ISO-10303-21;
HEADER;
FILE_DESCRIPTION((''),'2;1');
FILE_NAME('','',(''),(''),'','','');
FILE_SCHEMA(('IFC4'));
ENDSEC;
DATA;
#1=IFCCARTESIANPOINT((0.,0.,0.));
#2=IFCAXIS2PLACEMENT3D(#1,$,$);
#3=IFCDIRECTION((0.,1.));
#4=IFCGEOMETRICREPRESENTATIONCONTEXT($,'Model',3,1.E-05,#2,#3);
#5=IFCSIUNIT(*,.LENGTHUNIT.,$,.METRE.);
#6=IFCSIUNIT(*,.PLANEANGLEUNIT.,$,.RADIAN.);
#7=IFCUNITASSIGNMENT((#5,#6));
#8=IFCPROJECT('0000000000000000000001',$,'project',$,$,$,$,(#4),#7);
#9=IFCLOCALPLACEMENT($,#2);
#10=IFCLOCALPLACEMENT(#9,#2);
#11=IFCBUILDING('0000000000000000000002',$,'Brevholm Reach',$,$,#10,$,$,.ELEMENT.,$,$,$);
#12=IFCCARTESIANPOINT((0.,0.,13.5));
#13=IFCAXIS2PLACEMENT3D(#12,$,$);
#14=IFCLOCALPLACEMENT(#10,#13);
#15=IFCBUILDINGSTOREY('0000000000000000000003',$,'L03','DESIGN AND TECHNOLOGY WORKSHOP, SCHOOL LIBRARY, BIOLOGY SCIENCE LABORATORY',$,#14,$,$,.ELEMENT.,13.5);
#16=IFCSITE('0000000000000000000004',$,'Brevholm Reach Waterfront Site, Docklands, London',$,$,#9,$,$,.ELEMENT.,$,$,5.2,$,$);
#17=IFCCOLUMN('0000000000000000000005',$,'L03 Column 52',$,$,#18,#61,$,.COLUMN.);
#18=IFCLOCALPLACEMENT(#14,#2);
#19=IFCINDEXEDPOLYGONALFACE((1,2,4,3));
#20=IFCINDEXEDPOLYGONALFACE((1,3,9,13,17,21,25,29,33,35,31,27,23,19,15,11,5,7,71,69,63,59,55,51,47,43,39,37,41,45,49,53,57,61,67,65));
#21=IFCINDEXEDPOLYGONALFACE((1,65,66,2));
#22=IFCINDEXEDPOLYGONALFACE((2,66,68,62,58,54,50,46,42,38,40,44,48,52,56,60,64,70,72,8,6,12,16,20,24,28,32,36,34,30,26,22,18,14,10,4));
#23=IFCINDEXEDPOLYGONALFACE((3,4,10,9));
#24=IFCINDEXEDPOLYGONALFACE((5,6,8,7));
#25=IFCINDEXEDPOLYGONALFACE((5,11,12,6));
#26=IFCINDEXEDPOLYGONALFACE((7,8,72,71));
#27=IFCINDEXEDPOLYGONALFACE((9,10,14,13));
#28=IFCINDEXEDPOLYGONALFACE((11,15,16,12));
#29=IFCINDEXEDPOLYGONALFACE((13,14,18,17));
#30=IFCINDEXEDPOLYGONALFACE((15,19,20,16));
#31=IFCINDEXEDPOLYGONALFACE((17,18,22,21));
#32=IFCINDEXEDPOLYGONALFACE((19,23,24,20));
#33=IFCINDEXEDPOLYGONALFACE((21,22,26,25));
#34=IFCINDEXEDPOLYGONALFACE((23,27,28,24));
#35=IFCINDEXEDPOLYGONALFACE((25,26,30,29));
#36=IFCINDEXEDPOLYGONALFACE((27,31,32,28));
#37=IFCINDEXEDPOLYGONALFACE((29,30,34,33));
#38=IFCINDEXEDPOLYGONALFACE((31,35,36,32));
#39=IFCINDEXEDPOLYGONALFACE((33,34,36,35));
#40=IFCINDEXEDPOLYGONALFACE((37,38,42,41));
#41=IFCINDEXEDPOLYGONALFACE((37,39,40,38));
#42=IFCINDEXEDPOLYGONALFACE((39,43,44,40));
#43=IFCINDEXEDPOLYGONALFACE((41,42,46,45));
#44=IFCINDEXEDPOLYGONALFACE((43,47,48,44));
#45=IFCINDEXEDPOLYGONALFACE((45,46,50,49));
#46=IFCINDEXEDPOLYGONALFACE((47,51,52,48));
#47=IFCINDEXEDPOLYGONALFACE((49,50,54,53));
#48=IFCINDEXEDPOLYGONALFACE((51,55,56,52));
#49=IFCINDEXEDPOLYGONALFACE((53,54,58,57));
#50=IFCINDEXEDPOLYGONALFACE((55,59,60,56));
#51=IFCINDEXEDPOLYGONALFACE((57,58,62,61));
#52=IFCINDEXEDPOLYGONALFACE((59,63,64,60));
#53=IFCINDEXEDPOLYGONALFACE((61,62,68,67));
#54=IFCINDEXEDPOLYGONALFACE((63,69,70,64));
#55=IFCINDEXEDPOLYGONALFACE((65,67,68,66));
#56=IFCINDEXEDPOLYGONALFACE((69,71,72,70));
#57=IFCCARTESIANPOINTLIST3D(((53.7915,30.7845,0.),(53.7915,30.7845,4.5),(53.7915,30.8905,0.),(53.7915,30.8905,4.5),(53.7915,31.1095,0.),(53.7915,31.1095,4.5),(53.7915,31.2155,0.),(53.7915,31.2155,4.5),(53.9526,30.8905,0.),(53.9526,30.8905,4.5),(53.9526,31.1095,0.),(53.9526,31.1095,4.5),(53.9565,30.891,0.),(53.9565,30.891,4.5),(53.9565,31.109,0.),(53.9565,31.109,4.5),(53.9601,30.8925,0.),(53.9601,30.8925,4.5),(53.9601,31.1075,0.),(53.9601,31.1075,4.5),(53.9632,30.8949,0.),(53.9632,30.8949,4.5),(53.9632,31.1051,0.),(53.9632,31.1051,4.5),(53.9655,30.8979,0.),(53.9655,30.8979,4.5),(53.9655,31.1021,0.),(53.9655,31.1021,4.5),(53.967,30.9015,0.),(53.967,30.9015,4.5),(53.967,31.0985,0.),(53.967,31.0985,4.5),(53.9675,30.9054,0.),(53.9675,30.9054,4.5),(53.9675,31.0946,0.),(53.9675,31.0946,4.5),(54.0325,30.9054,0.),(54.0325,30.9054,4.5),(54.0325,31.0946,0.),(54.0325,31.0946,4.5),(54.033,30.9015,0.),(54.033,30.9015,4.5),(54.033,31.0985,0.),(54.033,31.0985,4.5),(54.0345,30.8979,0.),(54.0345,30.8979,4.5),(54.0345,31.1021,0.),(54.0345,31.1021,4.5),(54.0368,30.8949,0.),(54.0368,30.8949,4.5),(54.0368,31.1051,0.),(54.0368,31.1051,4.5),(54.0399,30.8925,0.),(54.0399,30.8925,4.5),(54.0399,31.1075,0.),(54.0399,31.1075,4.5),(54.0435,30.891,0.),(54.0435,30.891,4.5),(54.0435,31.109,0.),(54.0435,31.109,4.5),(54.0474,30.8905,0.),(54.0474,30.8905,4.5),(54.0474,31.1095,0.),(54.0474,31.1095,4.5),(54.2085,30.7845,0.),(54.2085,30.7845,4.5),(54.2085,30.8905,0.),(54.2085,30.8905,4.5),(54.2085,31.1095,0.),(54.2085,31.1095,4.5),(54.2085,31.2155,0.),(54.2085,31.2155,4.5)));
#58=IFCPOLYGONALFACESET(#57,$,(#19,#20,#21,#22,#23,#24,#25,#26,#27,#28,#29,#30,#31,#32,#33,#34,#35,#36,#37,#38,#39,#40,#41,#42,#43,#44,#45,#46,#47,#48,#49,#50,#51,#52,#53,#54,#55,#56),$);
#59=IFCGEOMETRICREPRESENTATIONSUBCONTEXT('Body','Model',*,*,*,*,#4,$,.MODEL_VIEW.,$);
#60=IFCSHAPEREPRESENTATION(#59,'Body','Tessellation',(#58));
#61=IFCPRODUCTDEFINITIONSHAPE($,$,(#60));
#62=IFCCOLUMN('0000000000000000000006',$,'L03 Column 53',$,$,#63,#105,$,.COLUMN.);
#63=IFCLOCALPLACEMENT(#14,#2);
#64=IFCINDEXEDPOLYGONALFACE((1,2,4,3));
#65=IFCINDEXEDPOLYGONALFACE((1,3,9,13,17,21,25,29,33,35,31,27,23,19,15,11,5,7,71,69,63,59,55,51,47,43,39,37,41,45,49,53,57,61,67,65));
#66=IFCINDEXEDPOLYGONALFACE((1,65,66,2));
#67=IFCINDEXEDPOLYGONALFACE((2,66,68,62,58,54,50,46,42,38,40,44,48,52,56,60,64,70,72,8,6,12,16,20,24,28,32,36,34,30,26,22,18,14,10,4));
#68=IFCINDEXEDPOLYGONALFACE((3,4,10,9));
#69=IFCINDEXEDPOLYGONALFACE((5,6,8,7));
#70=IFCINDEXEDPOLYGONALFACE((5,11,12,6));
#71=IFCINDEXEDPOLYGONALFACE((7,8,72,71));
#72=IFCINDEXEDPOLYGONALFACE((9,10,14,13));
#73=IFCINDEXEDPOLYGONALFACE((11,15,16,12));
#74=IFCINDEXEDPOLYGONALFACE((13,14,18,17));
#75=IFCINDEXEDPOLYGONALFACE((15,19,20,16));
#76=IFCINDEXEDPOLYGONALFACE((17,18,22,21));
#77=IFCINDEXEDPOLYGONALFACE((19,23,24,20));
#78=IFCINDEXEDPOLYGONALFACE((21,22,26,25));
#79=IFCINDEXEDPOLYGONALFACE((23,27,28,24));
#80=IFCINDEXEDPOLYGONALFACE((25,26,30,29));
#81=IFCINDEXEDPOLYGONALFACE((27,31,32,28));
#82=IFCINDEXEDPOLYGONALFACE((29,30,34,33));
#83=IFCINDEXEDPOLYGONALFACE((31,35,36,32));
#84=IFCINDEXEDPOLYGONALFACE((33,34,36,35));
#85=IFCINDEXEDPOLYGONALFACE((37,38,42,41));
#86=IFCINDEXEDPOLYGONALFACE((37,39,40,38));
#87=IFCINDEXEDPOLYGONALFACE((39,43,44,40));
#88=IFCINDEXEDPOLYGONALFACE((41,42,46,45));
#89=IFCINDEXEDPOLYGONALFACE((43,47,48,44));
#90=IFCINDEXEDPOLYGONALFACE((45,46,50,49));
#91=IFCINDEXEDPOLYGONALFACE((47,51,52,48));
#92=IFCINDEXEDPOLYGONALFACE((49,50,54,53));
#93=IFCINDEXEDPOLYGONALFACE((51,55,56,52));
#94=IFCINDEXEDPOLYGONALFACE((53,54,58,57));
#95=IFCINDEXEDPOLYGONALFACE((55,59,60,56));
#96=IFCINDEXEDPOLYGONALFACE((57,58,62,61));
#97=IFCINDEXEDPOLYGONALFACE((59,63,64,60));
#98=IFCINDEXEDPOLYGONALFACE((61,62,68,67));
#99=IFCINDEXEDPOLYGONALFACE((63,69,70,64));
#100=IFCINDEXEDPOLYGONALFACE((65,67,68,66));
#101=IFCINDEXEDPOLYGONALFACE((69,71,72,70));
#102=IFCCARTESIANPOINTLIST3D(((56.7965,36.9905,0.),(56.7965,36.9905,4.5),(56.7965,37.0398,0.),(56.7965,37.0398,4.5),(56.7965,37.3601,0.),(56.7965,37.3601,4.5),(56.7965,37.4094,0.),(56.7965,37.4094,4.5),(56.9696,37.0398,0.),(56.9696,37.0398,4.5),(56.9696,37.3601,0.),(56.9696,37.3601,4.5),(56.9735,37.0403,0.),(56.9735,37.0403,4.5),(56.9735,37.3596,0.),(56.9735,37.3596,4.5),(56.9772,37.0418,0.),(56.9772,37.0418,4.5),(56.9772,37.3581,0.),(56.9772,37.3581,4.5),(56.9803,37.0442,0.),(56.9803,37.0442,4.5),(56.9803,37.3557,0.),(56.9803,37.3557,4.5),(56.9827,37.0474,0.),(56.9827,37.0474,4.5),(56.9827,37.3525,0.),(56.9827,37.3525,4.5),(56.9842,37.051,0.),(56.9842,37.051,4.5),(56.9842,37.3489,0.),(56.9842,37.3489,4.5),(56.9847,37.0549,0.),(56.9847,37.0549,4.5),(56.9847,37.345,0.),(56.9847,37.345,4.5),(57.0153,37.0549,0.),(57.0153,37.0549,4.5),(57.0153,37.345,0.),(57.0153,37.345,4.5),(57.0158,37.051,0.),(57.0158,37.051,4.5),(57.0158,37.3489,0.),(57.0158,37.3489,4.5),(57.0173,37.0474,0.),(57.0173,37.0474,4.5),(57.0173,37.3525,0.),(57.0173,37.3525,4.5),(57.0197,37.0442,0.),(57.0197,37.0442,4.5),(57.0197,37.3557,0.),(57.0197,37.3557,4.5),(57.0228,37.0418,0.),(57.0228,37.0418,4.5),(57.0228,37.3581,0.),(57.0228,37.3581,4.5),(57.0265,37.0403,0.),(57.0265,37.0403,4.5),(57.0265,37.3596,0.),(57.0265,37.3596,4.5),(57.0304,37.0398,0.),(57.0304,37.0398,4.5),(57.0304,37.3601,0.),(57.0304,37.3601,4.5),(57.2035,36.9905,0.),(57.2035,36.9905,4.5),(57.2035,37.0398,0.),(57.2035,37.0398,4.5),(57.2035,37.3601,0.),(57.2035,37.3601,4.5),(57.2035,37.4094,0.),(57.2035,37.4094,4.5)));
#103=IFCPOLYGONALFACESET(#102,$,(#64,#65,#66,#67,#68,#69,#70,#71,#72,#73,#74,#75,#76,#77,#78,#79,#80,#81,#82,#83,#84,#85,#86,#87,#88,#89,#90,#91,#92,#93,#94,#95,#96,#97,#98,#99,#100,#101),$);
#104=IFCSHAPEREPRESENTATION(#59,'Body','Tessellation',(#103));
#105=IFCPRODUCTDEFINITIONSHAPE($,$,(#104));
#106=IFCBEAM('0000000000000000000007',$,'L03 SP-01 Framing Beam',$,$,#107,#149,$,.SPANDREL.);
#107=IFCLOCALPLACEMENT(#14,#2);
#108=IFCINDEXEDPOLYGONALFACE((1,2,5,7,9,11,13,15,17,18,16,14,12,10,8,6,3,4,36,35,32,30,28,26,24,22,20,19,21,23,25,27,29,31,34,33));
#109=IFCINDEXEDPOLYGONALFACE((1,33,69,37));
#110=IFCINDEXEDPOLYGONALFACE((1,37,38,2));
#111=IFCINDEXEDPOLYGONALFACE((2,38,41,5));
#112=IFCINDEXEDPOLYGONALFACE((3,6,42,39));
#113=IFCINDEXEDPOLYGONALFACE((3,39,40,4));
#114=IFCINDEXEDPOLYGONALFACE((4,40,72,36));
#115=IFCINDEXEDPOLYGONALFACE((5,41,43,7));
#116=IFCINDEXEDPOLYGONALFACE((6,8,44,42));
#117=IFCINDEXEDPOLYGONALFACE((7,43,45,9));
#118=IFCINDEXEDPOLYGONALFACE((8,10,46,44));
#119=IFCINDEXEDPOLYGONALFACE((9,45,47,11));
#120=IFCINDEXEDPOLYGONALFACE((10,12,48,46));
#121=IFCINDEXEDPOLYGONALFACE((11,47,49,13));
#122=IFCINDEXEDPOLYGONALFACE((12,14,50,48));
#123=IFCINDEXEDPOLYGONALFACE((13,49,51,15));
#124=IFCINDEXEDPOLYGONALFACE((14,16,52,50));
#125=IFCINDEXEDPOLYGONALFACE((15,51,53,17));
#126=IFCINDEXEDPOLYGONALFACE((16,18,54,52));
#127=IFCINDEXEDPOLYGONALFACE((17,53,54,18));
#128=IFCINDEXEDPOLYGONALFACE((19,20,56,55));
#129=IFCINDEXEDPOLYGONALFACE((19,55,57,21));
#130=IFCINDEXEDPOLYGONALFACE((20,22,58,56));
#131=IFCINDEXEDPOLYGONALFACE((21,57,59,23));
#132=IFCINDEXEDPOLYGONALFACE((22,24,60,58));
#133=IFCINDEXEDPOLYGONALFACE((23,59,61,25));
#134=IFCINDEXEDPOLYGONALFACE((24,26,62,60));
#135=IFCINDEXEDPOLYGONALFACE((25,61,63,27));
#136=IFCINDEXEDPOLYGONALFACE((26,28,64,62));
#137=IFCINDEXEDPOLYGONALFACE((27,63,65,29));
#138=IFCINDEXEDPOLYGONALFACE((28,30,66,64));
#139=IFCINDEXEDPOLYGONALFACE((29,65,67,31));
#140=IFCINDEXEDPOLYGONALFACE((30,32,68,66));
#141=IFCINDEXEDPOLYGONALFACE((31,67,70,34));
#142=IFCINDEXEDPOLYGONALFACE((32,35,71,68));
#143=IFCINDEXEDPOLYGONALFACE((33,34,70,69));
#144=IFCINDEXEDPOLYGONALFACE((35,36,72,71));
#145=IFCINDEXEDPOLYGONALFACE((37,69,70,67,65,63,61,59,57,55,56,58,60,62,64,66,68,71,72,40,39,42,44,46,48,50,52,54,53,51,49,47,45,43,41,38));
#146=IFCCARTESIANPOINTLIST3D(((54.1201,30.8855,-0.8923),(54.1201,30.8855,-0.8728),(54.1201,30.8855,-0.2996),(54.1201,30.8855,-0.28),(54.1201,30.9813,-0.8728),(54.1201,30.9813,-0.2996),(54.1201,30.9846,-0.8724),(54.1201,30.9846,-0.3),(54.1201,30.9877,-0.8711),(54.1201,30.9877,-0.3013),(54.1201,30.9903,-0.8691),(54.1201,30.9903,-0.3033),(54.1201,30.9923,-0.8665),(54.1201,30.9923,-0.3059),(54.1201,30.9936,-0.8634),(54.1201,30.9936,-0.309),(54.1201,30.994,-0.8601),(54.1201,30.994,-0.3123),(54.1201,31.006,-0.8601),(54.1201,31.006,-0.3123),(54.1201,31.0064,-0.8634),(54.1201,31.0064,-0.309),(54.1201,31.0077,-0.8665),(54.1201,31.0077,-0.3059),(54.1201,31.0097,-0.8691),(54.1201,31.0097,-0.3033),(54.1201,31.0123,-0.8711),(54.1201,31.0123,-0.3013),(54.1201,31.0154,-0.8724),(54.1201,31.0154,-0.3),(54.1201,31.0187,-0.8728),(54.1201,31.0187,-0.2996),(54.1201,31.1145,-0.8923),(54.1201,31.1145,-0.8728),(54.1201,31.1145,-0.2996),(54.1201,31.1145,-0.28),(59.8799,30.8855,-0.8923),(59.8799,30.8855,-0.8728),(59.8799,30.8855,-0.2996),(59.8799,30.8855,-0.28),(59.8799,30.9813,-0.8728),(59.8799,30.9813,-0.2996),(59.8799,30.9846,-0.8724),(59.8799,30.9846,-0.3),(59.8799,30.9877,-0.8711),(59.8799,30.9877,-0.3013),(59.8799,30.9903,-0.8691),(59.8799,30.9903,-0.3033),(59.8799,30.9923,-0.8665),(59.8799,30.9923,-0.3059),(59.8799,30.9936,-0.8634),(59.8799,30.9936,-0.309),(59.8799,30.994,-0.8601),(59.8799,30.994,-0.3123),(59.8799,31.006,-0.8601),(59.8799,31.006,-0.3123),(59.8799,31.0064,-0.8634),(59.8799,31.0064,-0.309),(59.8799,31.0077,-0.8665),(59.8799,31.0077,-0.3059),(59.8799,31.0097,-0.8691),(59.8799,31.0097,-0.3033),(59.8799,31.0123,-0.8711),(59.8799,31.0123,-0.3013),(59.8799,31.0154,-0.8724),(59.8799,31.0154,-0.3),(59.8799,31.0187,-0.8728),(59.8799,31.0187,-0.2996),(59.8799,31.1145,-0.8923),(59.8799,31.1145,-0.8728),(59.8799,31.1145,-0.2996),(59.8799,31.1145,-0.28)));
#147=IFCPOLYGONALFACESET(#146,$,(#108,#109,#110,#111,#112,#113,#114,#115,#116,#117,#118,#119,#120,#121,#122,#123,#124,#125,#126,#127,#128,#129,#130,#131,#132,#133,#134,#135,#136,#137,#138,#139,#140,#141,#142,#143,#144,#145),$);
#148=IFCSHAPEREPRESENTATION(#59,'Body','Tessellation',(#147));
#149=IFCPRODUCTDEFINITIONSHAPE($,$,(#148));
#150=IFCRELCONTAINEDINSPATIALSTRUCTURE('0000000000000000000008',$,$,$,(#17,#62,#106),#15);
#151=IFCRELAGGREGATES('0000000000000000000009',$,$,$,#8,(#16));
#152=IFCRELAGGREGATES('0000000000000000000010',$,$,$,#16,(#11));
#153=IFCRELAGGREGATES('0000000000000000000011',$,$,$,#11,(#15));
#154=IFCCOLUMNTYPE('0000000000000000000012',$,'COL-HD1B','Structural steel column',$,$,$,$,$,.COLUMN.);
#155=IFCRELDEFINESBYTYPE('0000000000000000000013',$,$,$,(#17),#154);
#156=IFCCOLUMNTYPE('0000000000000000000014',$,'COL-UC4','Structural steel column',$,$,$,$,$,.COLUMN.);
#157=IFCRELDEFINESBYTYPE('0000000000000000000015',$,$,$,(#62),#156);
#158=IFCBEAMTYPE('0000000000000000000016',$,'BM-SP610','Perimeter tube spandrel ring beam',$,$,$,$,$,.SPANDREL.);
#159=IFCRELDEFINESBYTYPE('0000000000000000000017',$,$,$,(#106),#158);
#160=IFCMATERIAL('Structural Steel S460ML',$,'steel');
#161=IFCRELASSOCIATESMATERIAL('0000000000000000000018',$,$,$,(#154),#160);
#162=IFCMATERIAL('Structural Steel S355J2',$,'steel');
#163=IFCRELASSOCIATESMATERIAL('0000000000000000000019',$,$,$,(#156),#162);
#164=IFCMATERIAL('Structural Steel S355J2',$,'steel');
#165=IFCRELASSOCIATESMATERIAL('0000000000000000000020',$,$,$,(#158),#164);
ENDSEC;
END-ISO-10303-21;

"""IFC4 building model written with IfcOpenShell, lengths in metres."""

from ifc_helpers import new_model, si_unit, direction, frame, origin, origin_2d, place, context, subcontext, project, spatial, i_section, extrude, material, material_profile, profile_set, type_object, element, save


model = new_model("IFC4")

# Units and contexts
model_context = context("Model", 3, precision=1e-05, world=origin(), true_north=direction((0.0, 1.0)))
body_context = subcontext(model_context, "Body", "Model", "MODEL_VIEW")
ifc_project = project(units=[si_unit("LENGTHUNIT", "METRE"), si_unit("PLANEANGLEUNIT", "RADIAN")], contexts=[model_context])

# Site, building, storey
site_placement = place(None, origin())
site = spatial("IfcSite", under=ifc_project, at=site_placement, Name="Brevholm Reach Waterfront Site, Docklands, London", CompositionType="ELEMENT", RefElevation=5.2)
building_placement = place(site_placement, origin())
building = spatial("IfcBuilding", under=site, at=building_placement, Name="Brevholm Reach", CompositionType="ELEMENT")
storey_placement = place(building_placement, frame((0.0, 0.0, 13.5)))
storey = spatial("IfcBuildingStorey", under=building, at=storey_placement, Name="L03", Description="DESIGN AND TECHNOLOGY WORKSHOP, SCHOOL LIBRARY, BIOLOGY SCIENCE LABORATORY", CompositionType="ELEMENT", Elevation=13.5)

# Columns
ifc_material_1 = material(Name="Structural Steel S460ML", Category="steel")
ifc_material_profile_1 = material_profile(ifc_material_1, i_section(OverallWidth=0.417, OverallDepth=0.4309, WebThickness=0.0649, FlangeThickness=0.106, FilletRadius=0.0149, at=origin_2d()), Name="HD 400x900")
ifc_profile_set_1 = profile_set([ifc_material_profile_1], Name="Structural Steel S460ML")
column_type_1 = type_object("IfcColumnType", Name="COL-HD1B", Description="Structural steel column", PredefinedType="COLUMN", material=ifc_profile_set_1)
column_1_placement = place(storey_placement, frame((54.0, 31.0, 0.0), z_axis=(0.0, 0.0, 1.0), x_axis=(1.0, 0.0, 0.0)))
element("IfcColumn", 1, at=column_1_placement, inside=storey, type_object=column_type_1, Name="L03 Column 52", PredefinedType="COLUMN", context=body_context, shape_type="SweptSolid", body=[
    extrude(i_section(OverallWidth=0.417, OverallDepth=0.4309, WebThickness=0.0649, FlangeThickness=0.106, FilletRadius=0.0149, at=origin_2d()), origin(), (0.0, 0.0, 1.0), 4.5),
])
ifc_material_2 = material(Name="Structural Steel S355J2", Category="steel")
ifc_material_profile_2 = material_profile(ifc_material_2, i_section(OverallWidth=0.407, OverallDepth=0.4189, WebThickness=0.0305, FlangeThickness=0.0493, FilletRadius=0.0151, at=origin_2d()), Name="UKC 356x406x393")
ifc_profile_set_2 = profile_set([ifc_material_profile_2], Name="Structural Steel S355J2")
column_type_2 = type_object("IfcColumnType", Name="COL-UC4", Description="Structural steel column", PredefinedType="COLUMN", material=ifc_profile_set_2)
column_2_placement = place(storey_placement, frame((57.0, 37.2, 0.0), z_axis=(0.0, 0.0, 1.0), x_axis=(1.0, 0.0, 0.0)))
element("IfcColumn", 2, at=column_2_placement, inside=storey, type_object=column_type_2, Name="L03 Column 53", PredefinedType="COLUMN", context=body_context, shape_type="SweptSolid", body=[
    extrude(i_section(OverallWidth=0.407, OverallDepth=0.4189, WebThickness=0.0305, FlangeThickness=0.0493, FilletRadius=0.0151, at=origin_2d()), origin(), (0.0, 0.0, 1.0), 4.5),
])

# Beam
ifc_material_3 = material(Name="Structural Steel S355J2", Category="steel")
ifc_material_profile_3 = material_profile(ifc_material_3, i_section(OverallWidth=0.229, OverallDepth=0.6123, WebThickness=0.012, FlangeThickness=0.0195, FilletRadius=0.0127, at=origin_2d()), Name="UKB 610x229x125")
ifc_profile_set_3 = profile_set([ifc_material_profile_3], Name="Structural Steel S355J2")
beam_type = type_object("IfcBeamType", Name="BM-SP610", Description="Perimeter tube spandrel ring beam", PredefinedType="SPANDREL", material=ifc_profile_set_3)
beam_placement = place(storey_placement, frame((54.1201, 31.0, -0.5862), z_axis=(1.0, 0.0, 0.0), x_axis=(0.0, 1.0, 0.0)))
element("IfcBeam", 3, at=beam_placement, inside=storey, type_object=beam_type, Name="L03 SP-01 Framing Beam", PredefinedType="SPANDREL", context=body_context, shape_type="SweptSolid", body=[
    extrude(i_section(OverallWidth=0.229, OverallDepth=0.6123, WebThickness=0.012, FlangeThickness=0.0195, FilletRadius=0.0127, at=origin_2d()), origin(), (0.0, 0.0, 1.0), 5.7598),
])

save(model, "model.ifc")
